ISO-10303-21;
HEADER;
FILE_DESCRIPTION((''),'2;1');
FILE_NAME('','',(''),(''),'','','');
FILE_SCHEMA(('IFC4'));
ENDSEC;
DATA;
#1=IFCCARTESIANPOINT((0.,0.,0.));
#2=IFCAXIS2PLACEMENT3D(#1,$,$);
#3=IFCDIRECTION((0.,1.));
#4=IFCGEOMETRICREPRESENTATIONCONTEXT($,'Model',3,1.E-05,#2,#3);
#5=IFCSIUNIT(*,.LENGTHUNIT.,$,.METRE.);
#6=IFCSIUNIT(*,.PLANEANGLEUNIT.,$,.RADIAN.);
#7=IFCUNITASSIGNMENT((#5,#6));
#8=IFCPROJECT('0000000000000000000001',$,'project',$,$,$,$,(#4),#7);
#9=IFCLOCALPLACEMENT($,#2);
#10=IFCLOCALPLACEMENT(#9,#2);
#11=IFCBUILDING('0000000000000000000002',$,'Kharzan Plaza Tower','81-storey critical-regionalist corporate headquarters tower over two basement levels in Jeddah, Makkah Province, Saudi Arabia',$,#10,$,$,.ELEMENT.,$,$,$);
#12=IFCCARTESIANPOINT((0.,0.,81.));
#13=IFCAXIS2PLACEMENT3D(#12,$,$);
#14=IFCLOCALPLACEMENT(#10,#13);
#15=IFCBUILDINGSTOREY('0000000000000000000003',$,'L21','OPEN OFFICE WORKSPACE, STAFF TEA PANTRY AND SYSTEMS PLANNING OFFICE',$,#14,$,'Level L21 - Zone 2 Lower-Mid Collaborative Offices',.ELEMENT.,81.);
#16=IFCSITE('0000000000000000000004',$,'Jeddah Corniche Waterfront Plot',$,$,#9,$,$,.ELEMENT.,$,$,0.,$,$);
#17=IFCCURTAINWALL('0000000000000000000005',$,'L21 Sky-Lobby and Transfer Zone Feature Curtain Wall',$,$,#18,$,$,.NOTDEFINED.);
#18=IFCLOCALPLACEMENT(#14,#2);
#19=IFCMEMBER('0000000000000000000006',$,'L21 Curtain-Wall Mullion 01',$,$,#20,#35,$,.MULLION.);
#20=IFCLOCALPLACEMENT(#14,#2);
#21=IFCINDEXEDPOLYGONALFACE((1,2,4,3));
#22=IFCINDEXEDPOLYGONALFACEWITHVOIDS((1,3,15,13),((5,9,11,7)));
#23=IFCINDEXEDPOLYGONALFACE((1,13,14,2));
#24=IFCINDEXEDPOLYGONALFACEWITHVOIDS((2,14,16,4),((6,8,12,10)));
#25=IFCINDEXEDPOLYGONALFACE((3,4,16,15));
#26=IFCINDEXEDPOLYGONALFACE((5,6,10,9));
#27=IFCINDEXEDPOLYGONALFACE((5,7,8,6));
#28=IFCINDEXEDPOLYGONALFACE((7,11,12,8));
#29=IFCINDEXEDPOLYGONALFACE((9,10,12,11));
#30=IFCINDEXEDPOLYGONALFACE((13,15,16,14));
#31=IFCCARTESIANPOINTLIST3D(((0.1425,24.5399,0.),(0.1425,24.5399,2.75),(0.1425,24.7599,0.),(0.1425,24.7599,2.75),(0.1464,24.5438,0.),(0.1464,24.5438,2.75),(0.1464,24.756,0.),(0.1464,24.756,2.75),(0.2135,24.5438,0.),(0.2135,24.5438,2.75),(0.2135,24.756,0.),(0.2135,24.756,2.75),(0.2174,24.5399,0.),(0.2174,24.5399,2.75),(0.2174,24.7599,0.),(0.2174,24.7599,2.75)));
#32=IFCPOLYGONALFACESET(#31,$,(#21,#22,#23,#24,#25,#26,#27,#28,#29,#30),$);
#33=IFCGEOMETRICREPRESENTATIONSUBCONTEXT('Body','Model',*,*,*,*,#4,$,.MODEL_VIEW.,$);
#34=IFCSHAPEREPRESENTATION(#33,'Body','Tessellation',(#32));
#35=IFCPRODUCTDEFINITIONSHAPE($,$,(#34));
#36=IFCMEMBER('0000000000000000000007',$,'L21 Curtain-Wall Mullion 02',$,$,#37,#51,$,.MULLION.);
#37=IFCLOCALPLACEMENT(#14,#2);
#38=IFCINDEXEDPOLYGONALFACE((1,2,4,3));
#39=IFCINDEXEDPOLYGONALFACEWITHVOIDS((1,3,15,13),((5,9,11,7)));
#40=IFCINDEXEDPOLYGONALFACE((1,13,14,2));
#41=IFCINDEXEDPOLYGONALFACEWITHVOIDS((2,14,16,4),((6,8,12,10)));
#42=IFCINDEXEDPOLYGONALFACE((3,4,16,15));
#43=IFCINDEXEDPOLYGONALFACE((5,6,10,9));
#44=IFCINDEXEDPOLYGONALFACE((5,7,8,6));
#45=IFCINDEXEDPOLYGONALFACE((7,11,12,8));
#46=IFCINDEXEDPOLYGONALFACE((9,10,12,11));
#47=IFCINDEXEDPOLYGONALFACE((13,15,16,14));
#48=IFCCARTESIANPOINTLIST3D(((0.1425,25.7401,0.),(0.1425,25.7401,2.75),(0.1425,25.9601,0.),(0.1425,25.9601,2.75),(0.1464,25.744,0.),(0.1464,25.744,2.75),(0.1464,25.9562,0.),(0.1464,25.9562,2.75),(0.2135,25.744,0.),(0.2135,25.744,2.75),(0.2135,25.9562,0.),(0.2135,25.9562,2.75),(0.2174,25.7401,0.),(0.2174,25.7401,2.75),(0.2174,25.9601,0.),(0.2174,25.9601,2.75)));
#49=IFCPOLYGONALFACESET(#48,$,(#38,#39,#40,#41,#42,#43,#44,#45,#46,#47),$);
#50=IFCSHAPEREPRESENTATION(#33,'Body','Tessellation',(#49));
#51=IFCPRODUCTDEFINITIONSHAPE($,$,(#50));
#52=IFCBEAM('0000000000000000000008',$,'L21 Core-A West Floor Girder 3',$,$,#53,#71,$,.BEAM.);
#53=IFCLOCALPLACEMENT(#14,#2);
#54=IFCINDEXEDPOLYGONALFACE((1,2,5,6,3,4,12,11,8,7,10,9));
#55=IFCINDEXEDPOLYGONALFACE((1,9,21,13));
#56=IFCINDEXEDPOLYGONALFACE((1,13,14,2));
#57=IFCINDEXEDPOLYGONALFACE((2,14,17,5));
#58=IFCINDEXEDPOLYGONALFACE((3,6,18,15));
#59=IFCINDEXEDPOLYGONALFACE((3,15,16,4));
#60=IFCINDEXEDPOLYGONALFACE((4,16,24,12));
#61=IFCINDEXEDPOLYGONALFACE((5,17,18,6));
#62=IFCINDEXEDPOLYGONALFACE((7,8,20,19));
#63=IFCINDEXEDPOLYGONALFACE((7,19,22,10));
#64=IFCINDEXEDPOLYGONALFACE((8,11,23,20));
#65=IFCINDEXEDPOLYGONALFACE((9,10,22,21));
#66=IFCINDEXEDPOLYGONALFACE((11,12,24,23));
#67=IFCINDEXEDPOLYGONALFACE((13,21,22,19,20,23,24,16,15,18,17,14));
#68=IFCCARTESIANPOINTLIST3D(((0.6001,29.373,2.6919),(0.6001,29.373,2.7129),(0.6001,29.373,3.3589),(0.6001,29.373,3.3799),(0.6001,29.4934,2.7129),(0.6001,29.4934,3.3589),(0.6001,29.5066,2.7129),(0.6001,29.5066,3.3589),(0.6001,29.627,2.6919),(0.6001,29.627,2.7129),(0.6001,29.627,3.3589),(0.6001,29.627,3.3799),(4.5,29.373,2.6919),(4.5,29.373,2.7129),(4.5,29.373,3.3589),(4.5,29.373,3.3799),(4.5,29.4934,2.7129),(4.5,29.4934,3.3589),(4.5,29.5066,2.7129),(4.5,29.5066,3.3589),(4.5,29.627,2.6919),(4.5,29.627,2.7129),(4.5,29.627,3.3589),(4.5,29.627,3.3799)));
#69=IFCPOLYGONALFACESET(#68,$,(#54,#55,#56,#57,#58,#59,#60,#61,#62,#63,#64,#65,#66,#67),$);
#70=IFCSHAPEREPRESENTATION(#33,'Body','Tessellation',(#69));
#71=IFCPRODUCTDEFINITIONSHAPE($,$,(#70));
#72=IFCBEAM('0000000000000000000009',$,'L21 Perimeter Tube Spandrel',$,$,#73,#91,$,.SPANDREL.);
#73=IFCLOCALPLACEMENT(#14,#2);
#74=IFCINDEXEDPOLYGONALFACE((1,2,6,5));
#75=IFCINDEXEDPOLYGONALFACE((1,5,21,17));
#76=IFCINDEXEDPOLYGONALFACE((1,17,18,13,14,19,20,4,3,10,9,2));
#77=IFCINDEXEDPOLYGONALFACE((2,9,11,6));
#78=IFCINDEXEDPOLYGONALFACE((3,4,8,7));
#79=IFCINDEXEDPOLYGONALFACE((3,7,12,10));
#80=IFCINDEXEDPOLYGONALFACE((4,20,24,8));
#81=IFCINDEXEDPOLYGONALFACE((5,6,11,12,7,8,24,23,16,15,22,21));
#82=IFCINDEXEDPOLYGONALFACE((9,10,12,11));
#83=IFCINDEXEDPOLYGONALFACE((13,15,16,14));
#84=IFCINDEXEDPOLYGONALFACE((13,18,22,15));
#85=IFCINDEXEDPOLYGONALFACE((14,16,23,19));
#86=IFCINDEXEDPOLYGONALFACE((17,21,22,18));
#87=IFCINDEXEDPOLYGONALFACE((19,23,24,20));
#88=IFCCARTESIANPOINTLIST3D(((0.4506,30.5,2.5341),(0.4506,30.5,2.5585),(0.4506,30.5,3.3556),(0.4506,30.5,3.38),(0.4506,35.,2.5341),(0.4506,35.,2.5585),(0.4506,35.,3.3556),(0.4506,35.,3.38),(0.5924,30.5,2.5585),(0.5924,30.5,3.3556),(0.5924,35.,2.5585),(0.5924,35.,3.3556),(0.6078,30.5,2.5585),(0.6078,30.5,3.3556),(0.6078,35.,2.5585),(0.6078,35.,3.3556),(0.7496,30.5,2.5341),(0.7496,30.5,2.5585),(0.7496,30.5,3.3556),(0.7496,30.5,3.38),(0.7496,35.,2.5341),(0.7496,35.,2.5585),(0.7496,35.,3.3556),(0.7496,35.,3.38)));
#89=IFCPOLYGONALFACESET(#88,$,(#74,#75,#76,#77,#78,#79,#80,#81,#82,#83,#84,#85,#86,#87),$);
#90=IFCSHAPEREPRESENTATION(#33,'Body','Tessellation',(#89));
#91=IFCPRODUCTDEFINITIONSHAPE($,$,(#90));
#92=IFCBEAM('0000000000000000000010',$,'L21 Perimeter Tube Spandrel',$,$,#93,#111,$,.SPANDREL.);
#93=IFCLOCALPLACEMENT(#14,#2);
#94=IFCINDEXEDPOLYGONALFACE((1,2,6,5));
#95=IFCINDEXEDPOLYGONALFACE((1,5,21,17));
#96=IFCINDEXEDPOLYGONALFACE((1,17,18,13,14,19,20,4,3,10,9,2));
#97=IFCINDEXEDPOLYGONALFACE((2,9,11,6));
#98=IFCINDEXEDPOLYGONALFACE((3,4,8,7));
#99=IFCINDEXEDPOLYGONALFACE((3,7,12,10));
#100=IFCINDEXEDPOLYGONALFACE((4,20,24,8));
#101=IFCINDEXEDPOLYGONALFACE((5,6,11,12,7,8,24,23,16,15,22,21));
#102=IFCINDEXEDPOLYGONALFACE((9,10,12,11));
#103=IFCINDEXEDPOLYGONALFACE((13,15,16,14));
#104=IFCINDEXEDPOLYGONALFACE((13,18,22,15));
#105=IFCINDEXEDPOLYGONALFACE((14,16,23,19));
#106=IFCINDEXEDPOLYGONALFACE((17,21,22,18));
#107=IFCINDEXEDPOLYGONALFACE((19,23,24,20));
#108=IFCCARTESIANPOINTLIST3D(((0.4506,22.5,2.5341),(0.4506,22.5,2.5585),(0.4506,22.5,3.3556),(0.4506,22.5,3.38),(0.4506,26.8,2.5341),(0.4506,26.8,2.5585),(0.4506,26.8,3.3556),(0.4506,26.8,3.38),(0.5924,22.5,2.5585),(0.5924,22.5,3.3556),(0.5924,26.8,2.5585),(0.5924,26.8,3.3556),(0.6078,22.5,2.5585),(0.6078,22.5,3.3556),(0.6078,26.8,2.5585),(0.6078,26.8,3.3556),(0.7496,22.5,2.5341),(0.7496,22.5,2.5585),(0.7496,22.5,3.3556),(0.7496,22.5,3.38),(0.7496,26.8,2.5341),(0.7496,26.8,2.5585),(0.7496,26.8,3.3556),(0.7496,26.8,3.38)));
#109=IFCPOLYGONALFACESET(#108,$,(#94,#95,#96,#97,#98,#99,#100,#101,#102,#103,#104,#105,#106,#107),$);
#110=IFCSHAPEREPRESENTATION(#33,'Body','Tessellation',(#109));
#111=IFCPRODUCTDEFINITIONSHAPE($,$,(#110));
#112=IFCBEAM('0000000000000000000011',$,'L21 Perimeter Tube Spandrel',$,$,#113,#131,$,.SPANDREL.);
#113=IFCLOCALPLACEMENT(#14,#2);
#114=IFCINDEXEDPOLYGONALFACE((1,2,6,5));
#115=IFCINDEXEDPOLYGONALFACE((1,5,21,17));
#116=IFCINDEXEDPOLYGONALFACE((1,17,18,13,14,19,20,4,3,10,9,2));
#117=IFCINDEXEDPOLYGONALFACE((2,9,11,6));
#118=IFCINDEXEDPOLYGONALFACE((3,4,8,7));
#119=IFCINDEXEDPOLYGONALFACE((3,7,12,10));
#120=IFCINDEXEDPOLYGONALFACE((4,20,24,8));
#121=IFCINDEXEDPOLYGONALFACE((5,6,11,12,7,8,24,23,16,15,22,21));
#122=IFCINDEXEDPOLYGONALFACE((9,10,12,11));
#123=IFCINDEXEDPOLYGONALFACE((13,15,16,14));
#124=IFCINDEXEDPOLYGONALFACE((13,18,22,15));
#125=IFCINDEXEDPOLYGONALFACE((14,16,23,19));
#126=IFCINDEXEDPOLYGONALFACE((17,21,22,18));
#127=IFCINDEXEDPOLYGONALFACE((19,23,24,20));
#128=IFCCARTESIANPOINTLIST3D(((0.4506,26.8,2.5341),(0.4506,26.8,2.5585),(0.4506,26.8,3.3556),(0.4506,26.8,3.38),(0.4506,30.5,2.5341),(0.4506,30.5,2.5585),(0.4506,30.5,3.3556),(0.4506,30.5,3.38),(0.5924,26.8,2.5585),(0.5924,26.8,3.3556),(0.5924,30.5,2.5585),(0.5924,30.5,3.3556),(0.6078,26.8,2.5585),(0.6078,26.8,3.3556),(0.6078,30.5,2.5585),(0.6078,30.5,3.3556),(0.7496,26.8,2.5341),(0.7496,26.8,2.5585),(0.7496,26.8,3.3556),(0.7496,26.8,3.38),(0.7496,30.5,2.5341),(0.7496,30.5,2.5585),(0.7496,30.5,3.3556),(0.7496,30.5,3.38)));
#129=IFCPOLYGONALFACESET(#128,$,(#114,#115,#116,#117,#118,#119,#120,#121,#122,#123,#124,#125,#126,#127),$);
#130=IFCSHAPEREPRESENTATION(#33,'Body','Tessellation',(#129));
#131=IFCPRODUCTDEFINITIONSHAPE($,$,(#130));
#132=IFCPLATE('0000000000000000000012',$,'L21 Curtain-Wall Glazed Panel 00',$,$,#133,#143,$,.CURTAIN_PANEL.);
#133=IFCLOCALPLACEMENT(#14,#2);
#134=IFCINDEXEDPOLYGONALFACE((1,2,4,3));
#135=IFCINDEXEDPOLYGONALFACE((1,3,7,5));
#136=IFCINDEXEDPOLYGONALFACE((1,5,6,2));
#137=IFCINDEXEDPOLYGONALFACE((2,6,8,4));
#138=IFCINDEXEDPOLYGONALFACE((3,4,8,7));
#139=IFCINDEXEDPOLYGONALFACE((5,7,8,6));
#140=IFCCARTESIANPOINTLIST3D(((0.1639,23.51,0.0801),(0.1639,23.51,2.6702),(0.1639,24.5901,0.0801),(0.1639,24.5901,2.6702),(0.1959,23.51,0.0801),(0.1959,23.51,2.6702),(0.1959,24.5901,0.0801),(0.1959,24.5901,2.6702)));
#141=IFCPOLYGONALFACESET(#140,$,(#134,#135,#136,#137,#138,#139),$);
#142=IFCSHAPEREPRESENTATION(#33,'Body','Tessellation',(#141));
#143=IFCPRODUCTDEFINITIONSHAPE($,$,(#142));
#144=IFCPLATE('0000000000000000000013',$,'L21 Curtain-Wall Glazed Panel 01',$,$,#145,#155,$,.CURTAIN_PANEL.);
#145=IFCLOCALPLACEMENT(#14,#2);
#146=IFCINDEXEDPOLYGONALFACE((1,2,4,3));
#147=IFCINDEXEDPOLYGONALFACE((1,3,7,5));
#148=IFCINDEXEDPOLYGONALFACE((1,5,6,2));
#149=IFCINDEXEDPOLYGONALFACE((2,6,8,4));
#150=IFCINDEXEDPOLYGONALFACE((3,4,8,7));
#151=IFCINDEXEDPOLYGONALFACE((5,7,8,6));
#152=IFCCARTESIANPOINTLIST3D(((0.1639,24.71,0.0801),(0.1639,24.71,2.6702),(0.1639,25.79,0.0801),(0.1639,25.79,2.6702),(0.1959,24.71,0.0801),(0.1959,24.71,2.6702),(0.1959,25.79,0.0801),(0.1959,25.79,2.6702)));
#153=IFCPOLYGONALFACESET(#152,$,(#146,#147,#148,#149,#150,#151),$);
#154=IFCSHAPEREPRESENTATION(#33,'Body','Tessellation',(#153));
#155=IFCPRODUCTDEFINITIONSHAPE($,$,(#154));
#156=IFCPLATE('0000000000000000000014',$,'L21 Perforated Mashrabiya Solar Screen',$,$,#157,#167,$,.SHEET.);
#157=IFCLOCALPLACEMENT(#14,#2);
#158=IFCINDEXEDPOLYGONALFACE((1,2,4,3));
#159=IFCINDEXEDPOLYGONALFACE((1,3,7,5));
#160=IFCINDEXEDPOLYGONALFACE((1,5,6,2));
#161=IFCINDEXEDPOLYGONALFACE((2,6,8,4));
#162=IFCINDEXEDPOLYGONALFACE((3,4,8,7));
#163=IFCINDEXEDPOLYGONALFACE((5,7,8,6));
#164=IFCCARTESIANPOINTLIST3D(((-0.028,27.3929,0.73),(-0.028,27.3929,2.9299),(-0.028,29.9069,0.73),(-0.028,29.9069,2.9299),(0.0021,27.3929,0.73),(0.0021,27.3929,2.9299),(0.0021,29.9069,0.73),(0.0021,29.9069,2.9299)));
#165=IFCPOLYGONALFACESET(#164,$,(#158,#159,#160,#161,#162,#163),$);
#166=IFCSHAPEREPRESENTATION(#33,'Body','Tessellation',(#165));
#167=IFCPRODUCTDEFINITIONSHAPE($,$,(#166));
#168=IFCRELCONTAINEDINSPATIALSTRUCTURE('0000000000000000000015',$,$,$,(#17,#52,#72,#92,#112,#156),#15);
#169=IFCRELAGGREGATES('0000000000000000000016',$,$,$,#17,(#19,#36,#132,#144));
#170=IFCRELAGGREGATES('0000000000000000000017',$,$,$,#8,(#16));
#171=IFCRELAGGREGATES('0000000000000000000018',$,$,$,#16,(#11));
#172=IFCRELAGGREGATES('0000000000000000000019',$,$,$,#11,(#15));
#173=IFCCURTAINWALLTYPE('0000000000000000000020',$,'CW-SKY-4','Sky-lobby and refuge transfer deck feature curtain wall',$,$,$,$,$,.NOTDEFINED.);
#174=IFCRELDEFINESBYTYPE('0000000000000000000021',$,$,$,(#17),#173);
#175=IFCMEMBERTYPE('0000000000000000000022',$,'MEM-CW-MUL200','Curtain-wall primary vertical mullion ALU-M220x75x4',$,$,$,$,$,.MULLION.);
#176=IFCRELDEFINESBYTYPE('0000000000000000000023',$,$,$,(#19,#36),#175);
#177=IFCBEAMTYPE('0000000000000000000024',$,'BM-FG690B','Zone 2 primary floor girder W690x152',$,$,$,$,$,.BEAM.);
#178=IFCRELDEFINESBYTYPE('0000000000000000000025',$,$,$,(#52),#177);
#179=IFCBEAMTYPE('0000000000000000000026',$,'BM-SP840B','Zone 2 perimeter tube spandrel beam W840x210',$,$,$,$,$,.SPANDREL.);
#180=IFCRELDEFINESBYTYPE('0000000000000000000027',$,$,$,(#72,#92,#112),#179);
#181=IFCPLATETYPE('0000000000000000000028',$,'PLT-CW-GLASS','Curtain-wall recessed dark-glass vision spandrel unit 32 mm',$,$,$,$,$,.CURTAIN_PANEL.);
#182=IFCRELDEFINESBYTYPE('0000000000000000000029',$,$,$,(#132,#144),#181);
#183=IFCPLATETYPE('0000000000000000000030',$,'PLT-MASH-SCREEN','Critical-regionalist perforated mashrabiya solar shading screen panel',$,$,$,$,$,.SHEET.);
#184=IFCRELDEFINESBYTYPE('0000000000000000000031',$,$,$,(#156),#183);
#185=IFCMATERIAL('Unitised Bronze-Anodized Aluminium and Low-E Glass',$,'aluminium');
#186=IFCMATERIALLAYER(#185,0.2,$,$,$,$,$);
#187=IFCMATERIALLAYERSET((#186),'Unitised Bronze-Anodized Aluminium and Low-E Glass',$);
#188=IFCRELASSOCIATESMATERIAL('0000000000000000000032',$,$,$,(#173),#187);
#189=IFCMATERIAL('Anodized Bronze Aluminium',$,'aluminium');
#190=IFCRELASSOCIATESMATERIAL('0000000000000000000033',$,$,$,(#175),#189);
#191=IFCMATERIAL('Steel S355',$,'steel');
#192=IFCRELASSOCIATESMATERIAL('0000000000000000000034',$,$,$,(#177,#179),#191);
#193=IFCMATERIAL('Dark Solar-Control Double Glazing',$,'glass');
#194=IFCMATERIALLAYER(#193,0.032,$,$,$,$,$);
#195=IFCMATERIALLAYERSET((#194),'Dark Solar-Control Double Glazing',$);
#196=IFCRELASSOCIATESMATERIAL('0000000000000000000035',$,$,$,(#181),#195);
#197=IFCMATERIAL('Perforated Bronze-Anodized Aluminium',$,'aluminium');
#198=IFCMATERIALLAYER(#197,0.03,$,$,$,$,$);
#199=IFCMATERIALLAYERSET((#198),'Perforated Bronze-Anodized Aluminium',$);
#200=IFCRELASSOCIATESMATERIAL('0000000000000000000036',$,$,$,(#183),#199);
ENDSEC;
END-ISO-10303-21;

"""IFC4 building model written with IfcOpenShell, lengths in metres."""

from ifc_helpers import new_model, si_unit, direction, frame, origin, origin_2d, place, context, subcontext, project, spatial, rectangle, hollow_rectangle, i_section, extrude, source, transform, mapped, material, layer, layer_set, material_profile, profile_set, type_object, element, aggregate, save


model = new_model("IFC4")

# Units and contexts
model_context = context("Model", 3, precision=1e-05, world=origin(), true_north=direction((0.0, 1.0)))
body_context = subcontext(model_context, "Body", "Model", "MODEL_VIEW")
ifc_project = project(units=[si_unit("LENGTHUNIT", "METRE"), si_unit("PLANEANGLEUNIT", "RADIAN")], contexts=[model_context])

# Site, building, storey
site_placement = place(None, origin())
site = spatial("IfcSite", under=ifc_project, at=site_placement, Name="Jeddah Corniche Waterfront Plot", CompositionType="ELEMENT", RefElevation=0.0)
building_placement = place(site_placement, origin())
building = spatial("IfcBuilding", under=site, at=building_placement, Name="Kharzan Plaza Tower", Description="81-storey critical-regionalist corporate headquarters tower over two basement levels in Jeddah, Makkah Province, Saudi Arabia", CompositionType="ELEMENT")
storey_placement = place(building_placement, frame((0.0, 0.0, 81.0)))
storey = spatial("IfcBuildingStorey", under=building, at=storey_placement, Name="L21", Description="OPEN OFFICE WORKSPACE, STAFF TEA PANTRY AND SYSTEMS PLANNING OFFICE", LongName="Level L21 - Zone 2 Lower-Mid Collaborative Offices", CompositionType="ELEMENT", Elevation=81.0)

# Shared definitions
ifc_material_1 = material(Name="Steel S355", Category="steel")

# Curtain wall, members
ifc_material_2 = material(Name="Unitised Bronze-Anodized Aluminium and Low-E Glass", Category="aluminium")
ifc_layer_1 = layer(ifc_material_2, 0.2)
ifc_layer_set_1 = layer_set([ifc_layer_1], Name="Unitised Bronze-Anodized Aluminium and Low-E Glass")
curtain_wall_type = type_object("IfcCurtainWallType", Name="CW-SKY-4", Description="Sky-lobby and refuge transfer deck feature curtain wall", PredefinedType="NOTDEFINED", material=ifc_layer_set_1)
curtain_wall_placement = place(storey_placement, origin())
curtain_wall = element("IfcCurtainWall", 1, at=curtain_wall_placement, inside=storey, type_object=curtain_wall_type, Name="L21 Sky-Lobby and Transfer Zone Feature Curtain Wall", PredefinedType="NOTDEFINED")
ifc_material_3 = material(Name="Anodized Bronze Aluminium", Category="aluminium")
ifc_material_profile_1 = material_profile(ifc_material_3, hollow_rectangle(XDim=0.075, YDim=0.22, WallThickness=0.0039, at=origin_2d()), Name="ALU-M220x75x4")
ifc_profile_set_1 = profile_set([ifc_material_profile_1], Name="Anodized Bronze Aluminium")
member_type_1 = type_object("IfcMemberType", Name="MEM-CW-MUL200", Description="Curtain-wall primary vertical mullion ALU-M220x75x4", PredefinedType="MULLION", material=ifc_profile_set_1)
shared_shape_1 = source(origin(), body_context, "Body", "SweptSolid", [
    extrude(hollow_rectangle(XDim=0.075, YDim=0.22, WallThickness=0.0039, at=origin_2d()), origin(), (0.0, 0.0, 1.0), 2.75),
])
member_1_placement = place(storey_placement, frame((0.1799, 24.6499, 0.0), z_axis=(0.0, 0.0, 1.0), x_axis=(1.0, 0.0, 0.0)))
member_1 = element("IfcMember", 2, at=member_1_placement, type_object=member_type_1, Name="L21 Curtain-Wall Mullion 01", PredefinedType="MULLION", context=body_context, shape_type="MappedRepresentation", body=[
    mapped(shared_shape_1, transform((0.0, 0.0, 0.0), x_axis=(1.0, 0.0, 0.0), y_axis=(0.0, 1.0, 0.0), z_axis=(0.0, 0.0, 1.0))),
])
member_2_placement = place(storey_placement, frame((0.1799, 25.8501, 0.0), z_axis=(0.0, 0.0, 1.0), x_axis=(1.0, 0.0, 0.0)))
member_2 = element("IfcMember", 3, at=member_2_placement, type_object=member_type_1, Name="L21 Curtain-Wall Mullion 02", PredefinedType="MULLION", context=body_context, shape_type="MappedRepresentation", body=[
    mapped(shared_shape_1, transform((0.0, 0.0, 0.0), x_axis=(1.0, 0.0, 0.0), y_axis=(0.0, 1.0, 0.0), z_axis=(0.0, 0.0, 1.0))),
])

# Beams
ifc_material_profile_2 = material_profile(ifc_material_1, i_section(OverallWidth=0.2539, OverallDepth=0.688, WebThickness=0.0132, FlangeThickness=0.021, at=origin_2d()), Name="W690x152")
ifc_profile_set_2 = profile_set([ifc_material_profile_2], Name="Steel S355")
beam_type_1 = type_object("IfcBeamType", Name="BM-FG690B", Description="Zone 2 primary floor girder W690x152", PredefinedType="BEAM", material=ifc_profile_set_2)
shared_shape_2 = source(origin(), body_context, "Body", "SweptSolid", [
    extrude(i_section(OverallWidth=0.2539, OverallDepth=0.688, WebThickness=0.0132, FlangeThickness=0.021, at=origin_2d()), origin(), (0.0, 0.0, 1.0), 3.8999),
])
beam_1_placement = place(storey_placement, frame((0.6001, 29.5, 3.0359), z_axis=(1.0, 0.0, 0.0), x_axis=(0.0, 1.0, 0.0)))
element("IfcBeam", 4, at=beam_1_placement, inside=storey, type_object=beam_type_1, Name="L21 Core-A West Floor Girder 3", PredefinedType="BEAM", context=body_context, shape_type="MappedRepresentation", body=[
    mapped(shared_shape_2, transform((0.0, 0.0, 0.0), x_axis=(1.0, 0.0, 0.0), y_axis=(0.0, 1.0, 0.0), z_axis=(0.0, 0.0, 1.0))),
])
ifc_material_profile_3 = material_profile(ifc_material_1, i_section(OverallWidth=0.2991, OverallDepth=0.8459, WebThickness=0.0154, FlangeThickness=0.0244, at=origin_2d()), Name="W840x210")
ifc_profile_set_3 = profile_set([ifc_material_profile_3], Name="Steel S355")
beam_type_2 = type_object("IfcBeamType", Name="BM-SP840B", Description="Zone 2 perimeter tube spandrel beam W840x210", PredefinedType="SPANDREL", material=ifc_profile_set_3)
shared_shape_3 = source(origin(), body_context, "Body", "SweptSolid", [
    extrude(i_section(OverallWidth=0.2991, OverallDepth=0.8459, WebThickness=0.0154, FlangeThickness=0.0244, at=origin_2d()), origin(), (0.0, 0.0, 1.0), 4.5),
])
beam_2_placement = place(storey_placement, frame((0.6001, 30.5, 2.957), z_axis=(0.0, 1.0, 0.0), x_axis=(-1.0, 0.0, 0.0)))
element("IfcBeam", 5, at=beam_2_placement, inside=storey, type_object=beam_type_2, Name="L21 Perimeter Tube Spandrel", PredefinedType="SPANDREL", context=body_context, shape_type="MappedRepresentation", body=[
    mapped(shared_shape_3, transform((0.0, 0.0, 0.0), x_axis=(1.0, 0.0, 0.0), y_axis=(0.0, 1.0, 0.0), z_axis=(0.0, 0.0, 1.0))),
])
shared_shape_4 = source(origin(), body_context, "Body", "SweptSolid", [
    extrude(i_section(OverallWidth=0.2991, OverallDepth=0.8459, WebThickness=0.0154, FlangeThickness=0.0244, at=origin_2d()), origin(), (0.0, 0.0, 1.0), 4.3),
])
beam_3_placement = place(storey_placement, frame((0.6001, 22.5, 2.957), z_axis=(0.0, 1.0, 0.0), x_axis=(-1.0, 0.0, 0.0)))
element("IfcBeam", 6, at=beam_3_placement, inside=storey, type_object=beam_type_2, Name="L21 Perimeter Tube Spandrel", PredefinedType="SPANDREL", context=body_context, shape_type="MappedRepresentation", body=[
    mapped(shared_shape_4, transform((0.0, 0.0, 0.0), x_axis=(1.0, 0.0, 0.0), y_axis=(0.0, 1.0, 0.0), z_axis=(0.0, 0.0, 1.0))),
])
shared_shape_5 = source(origin(), body_context, "Body", "SweptSolid", [
    extrude(i_section(OverallWidth=0.2991, OverallDepth=0.8459, WebThickness=0.0154, FlangeThickness=0.0244, at=origin_2d()), origin(), (0.0, 0.0, 1.0), 3.7),
])
beam_4_placement = place(storey_placement, frame((0.6001, 26.8, 2.957), z_axis=(0.0, 1.0, 0.0), x_axis=(-1.0, 0.0, 0.0)))
element("IfcBeam", 7, at=beam_4_placement, inside=storey, type_object=beam_type_2, Name="L21 Perimeter Tube Spandrel", PredefinedType="SPANDREL", context=body_context, shape_type="MappedRepresentation", body=[
    mapped(shared_shape_5, transform((0.0, 0.0, 0.0), x_axis=(1.0, 0.0, 0.0), y_axis=(0.0, 1.0, 0.0), z_axis=(0.0, 0.0, 1.0))),
])

# Plates
ifc_material_4 = material(Name="Dark Solar-Control Double Glazing", Category="glass")
ifc_layer_2 = layer(ifc_material_4, 0.032)
ifc_layer_set_2 = layer_set([ifc_layer_2], Name="Dark Solar-Control Double Glazing")
plate_type_1 = type_object("IfcPlateType", Name="PLT-CW-GLASS", Description="Curtain-wall recessed dark-glass vision spandrel unit 32 mm", PredefinedType="CURTAIN_PANEL", material=ifc_layer_set_2)
shared_shape_6 = source(origin(), body_context, "Body", "SweptSolid", [
    extrude(rectangle(XDim=1.0801, YDim=0.032, at=origin_2d()), origin(), (0.0, 0.0, 1.0), 2.5901),
])
plate_1_placement = place(storey_placement, frame((0.1799, 24.05, 0.0801), z_axis=(0.0, 0.0, 1.0), x_axis=(0.0, 1.0, 0.0)))
plate_1 = element("IfcPlate", 8, at=plate_1_placement, type_object=plate_type_1, Name="L21 Curtain-Wall Glazed Panel 00", PredefinedType="CURTAIN_PANEL", context=body_context, shape_type="MappedRepresentation", body=[
    mapped(shared_shape_6, transform((0.0, 0.0, 0.0), x_axis=(1.0, 0.0, 0.0), y_axis=(0.0, 1.0, 0.0), z_axis=(0.0, 0.0, 1.0))),
])
plate_2_placement = place(storey_placement, frame((0.1799, 25.25, 0.0801), z_axis=(0.0, 0.0, 1.0), x_axis=(0.0, 1.0, 0.0)))
plate_2 = element("IfcPlate", 9, at=plate_2_placement, type_object=plate_type_1, Name="L21 Curtain-Wall Glazed Panel 01", PredefinedType="CURTAIN_PANEL", context=body_context, shape_type="MappedRepresentation", body=[
    mapped(shared_shape_6, transform((0.0, 0.0, 0.0), x_axis=(1.0, 0.0, 0.0), y_axis=(0.0, 1.0, 0.0), z_axis=(0.0, 0.0, 1.0))),
])
aggregate(curtain_wall, [member_1, member_2, plate_1, plate_2])
ifc_material_5 = material(Name="Perforated Bronze-Anodized Aluminium", Category="aluminium")
ifc_layer_3 = layer(ifc_material_5, 0.03)
ifc_layer_set_3 = layer_set([ifc_layer_3], Name="Perforated Bronze-Anodized Aluminium")
plate_type_2 = type_object("IfcPlateType", Name="PLT-MASH-SCREEN", Description="Critical-regionalist perforated mashrabiya solar shading screen panel", PredefinedType="SHEET", material=ifc_layer_set_3)
shared_shape_7 = source(origin(), body_context, "Body", "SweptSolid", [
    extrude(rectangle(XDim=2.5139, YDim=0.03, at=origin_2d()), origin(), (0.0, 0.0, 1.0), 2.2),
])
plate_3_placement = place(storey_placement, frame((-0.0129, 28.6499, 0.73), z_axis=(0.0, 0.0, 1.0), x_axis=(0.0, -1.0, 0.0)))
element("IfcPlate", 10, at=plate_3_placement, inside=storey, type_object=plate_type_2, Name="L21 Perforated Mashrabiya Solar Screen", PredefinedType="SHEET", context=body_context, shape_type="MappedRepresentation", body=[
    mapped(shared_shape_7, transform((0.0, 0.0, 0.0), x_axis=(1.0, 0.0, 0.0), y_axis=(0.0, 1.0, 0.0), z_axis=(0.0, 0.0, 1.0))),
])

save(model, "model.ifc")
